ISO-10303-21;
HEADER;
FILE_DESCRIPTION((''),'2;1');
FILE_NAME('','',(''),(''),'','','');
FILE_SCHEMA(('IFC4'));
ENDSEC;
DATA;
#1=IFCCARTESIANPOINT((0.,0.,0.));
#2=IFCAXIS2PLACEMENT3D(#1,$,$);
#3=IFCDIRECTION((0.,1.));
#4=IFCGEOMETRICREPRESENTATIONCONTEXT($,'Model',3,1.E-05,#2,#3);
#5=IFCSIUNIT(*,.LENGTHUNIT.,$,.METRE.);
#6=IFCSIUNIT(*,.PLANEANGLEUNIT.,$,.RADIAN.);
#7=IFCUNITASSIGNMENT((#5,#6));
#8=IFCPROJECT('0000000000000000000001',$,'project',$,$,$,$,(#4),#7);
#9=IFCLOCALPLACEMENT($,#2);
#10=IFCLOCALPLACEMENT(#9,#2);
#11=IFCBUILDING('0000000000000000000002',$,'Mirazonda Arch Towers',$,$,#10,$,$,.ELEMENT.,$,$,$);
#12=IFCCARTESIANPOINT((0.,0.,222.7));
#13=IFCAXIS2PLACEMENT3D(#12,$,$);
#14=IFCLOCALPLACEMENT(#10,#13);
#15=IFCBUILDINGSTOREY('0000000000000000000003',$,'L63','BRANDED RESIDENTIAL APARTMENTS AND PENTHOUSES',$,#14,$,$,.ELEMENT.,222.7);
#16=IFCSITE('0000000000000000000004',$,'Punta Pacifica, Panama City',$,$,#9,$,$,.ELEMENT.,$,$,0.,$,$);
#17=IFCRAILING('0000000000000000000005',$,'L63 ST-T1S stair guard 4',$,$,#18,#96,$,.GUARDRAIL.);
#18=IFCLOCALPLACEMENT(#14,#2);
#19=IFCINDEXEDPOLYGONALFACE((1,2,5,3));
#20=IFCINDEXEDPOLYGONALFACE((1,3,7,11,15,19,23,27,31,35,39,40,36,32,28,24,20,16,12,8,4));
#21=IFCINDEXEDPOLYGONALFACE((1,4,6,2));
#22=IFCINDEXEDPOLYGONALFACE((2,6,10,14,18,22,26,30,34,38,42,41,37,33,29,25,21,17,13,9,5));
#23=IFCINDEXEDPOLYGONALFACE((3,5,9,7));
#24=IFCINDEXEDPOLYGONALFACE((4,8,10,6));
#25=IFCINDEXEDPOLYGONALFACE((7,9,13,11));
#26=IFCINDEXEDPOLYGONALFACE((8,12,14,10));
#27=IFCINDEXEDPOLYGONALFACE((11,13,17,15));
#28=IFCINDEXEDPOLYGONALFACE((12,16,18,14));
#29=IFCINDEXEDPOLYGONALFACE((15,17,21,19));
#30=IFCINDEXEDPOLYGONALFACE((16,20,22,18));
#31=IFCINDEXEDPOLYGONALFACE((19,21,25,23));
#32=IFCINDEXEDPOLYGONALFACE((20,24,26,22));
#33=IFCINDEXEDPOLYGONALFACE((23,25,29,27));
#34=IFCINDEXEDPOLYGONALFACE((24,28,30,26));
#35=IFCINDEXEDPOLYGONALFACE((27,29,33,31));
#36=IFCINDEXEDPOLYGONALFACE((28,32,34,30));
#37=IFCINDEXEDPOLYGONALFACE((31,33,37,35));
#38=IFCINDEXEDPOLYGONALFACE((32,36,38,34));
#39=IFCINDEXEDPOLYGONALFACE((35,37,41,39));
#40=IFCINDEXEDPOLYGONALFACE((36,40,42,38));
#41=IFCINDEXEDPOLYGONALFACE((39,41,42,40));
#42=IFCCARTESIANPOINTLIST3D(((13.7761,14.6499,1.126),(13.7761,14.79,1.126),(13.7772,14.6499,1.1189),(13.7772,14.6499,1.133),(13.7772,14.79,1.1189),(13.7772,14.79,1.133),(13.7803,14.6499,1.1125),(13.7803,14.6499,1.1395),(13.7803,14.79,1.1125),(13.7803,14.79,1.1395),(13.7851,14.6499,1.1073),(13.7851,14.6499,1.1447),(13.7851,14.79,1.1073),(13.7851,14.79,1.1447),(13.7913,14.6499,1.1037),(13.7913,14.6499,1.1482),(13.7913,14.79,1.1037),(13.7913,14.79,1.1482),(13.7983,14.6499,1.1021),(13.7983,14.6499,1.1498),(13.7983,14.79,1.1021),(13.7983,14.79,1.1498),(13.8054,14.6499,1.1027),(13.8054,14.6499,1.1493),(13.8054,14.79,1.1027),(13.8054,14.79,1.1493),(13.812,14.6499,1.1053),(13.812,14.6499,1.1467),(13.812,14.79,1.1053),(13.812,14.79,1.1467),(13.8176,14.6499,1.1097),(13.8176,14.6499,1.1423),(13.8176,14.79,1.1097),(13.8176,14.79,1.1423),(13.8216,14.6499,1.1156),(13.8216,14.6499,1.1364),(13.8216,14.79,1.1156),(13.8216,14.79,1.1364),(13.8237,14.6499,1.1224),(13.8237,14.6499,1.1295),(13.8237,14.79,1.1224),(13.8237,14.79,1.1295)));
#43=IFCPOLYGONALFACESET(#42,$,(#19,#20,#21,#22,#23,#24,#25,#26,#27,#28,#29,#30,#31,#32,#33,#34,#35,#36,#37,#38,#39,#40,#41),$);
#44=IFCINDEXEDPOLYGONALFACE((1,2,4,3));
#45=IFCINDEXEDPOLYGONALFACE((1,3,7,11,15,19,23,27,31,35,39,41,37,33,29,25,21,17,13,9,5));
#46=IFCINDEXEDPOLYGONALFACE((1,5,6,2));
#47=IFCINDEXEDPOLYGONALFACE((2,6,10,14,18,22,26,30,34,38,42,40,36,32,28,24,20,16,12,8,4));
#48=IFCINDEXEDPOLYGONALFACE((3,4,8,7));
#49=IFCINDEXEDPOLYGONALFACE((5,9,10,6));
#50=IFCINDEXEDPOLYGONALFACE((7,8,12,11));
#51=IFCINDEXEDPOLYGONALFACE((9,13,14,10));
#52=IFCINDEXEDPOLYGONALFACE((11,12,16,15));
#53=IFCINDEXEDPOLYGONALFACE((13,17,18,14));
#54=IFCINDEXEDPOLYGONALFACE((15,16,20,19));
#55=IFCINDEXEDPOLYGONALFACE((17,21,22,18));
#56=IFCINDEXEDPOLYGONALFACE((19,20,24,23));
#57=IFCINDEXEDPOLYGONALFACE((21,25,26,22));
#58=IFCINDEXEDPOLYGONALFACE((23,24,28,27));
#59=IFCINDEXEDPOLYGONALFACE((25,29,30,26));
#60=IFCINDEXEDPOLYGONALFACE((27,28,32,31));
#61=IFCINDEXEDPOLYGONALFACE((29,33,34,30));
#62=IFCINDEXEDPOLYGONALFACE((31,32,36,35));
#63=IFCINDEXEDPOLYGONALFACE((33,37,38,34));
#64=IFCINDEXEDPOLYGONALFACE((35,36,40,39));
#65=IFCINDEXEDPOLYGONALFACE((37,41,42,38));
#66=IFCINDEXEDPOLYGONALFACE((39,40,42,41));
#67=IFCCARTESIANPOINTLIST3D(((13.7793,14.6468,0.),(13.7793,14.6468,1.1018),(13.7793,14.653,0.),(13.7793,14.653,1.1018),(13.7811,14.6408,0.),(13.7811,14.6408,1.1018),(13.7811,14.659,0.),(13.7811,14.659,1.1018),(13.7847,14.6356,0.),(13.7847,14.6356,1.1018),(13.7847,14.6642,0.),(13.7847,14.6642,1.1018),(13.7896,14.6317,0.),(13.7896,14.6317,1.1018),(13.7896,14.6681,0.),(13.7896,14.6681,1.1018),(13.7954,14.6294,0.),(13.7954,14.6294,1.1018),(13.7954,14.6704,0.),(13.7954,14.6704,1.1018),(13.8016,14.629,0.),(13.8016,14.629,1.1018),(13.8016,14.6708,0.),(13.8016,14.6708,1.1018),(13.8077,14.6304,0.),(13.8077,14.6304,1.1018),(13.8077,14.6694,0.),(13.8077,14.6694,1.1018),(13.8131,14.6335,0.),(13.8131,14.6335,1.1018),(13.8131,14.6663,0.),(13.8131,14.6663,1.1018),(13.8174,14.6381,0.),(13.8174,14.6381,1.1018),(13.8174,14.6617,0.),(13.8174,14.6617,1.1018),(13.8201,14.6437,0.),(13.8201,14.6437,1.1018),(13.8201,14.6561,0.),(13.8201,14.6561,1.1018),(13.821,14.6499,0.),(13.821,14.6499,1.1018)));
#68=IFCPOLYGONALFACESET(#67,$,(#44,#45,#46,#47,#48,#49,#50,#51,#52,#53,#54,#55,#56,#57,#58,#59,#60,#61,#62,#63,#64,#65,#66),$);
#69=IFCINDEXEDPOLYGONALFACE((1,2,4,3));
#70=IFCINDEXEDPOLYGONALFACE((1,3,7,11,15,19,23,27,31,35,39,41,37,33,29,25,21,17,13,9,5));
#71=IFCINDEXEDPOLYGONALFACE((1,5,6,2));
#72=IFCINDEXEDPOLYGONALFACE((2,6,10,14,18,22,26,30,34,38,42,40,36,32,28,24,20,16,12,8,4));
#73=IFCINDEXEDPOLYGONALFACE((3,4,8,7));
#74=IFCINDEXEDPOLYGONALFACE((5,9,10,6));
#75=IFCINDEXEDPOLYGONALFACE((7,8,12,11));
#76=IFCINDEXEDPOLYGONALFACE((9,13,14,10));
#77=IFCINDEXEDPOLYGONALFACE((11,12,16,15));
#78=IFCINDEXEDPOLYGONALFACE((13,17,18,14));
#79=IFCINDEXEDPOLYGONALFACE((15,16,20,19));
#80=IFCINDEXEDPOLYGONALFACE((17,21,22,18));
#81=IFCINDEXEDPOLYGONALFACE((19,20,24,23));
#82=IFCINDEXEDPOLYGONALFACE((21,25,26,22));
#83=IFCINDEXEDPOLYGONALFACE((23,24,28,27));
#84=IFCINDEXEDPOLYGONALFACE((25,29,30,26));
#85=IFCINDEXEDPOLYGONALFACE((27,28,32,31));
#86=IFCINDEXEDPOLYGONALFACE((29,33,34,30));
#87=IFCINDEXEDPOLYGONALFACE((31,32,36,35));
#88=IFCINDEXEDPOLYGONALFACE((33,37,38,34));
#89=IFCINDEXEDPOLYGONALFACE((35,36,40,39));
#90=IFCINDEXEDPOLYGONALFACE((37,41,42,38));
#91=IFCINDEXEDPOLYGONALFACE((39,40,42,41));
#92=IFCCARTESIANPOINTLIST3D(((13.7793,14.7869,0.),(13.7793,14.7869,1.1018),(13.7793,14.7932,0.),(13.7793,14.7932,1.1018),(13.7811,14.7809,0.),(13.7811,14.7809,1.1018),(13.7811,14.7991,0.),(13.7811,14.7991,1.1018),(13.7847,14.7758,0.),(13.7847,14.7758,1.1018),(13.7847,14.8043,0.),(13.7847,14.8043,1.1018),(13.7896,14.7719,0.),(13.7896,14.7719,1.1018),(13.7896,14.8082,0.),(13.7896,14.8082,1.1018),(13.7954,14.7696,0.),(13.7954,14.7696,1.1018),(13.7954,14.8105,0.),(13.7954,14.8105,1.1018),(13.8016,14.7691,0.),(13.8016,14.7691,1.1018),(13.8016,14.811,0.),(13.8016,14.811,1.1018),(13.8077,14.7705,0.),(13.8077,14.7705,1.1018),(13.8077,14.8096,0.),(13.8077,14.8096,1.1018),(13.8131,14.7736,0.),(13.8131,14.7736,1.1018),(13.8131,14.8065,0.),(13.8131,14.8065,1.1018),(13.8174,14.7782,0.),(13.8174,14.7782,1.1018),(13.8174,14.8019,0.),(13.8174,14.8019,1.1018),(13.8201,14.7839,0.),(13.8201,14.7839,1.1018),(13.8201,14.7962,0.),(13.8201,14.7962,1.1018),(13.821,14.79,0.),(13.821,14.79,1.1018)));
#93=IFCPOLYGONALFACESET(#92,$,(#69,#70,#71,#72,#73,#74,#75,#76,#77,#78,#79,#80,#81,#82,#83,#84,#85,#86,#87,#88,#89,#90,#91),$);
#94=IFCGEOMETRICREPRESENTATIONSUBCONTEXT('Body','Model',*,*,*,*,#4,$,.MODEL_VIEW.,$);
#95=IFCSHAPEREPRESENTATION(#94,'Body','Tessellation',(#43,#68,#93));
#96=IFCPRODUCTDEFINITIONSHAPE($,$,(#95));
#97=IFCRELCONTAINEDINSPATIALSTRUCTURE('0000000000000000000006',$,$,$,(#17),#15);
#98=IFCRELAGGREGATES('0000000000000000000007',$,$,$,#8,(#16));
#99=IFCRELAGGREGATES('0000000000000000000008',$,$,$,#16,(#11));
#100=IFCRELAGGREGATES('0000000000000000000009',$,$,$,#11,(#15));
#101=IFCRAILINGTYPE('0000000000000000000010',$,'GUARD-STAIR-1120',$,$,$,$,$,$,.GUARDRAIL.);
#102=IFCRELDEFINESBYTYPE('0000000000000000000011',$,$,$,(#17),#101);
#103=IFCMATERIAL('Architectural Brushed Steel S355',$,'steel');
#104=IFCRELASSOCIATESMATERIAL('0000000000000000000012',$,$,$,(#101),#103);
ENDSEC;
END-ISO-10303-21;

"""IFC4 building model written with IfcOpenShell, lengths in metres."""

from ifc_helpers import new_model, si_unit, direction, frame, origin, origin_2d, place, context, subcontext, project, spatial, circle, extrude, material, type_object, element, save


model = new_model("IFC4")

# Units and contexts
model_context = context("Model", 3, precision=1e-05, world=origin(), true_north=direction((0.0, 1.0)))
body_context = subcontext(model_context, "Body", "Model", "MODEL_VIEW")
ifc_project = project(units=[si_unit("LENGTHUNIT", "METRE"), si_unit("PLANEANGLEUNIT", "RADIAN")], contexts=[model_context])

# Site, building, storey
site_placement = place(None, origin())
site = spatial("IfcSite", under=ifc_project, at=site_placement, Name="Punta Pacifica, Panama City", CompositionType="ELEMENT", RefElevation=0.0)
building_placement = place(site_placement, origin())
building = spatial("IfcBuilding", under=site, at=building_placement, Name="Mirazonda Arch Towers", CompositionType="ELEMENT")
storey_placement = place(building_placement, frame((0.0, 0.0, 222.7)))
storey = spatial("IfcBuildingStorey", under=building, at=storey_placement, Name="L63", Description="BRANDED RESIDENTIAL APARTMENTS AND PENTHOUSES", CompositionType="ELEMENT", Elevation=222.7)

# Shared definitions
ifc_material_1 = material(Name="Architectural Brushed Steel S355", Category="steel")

# Railing
railing_type_1 = type_object("IfcRailingType", Name="GUARD-STAIR-1120", PredefinedType="GUARDRAIL", material=ifc_material_1)
railing_1_placement = place(storey_placement, frame((13.8, 14.6499, 0.0)))
element("IfcRailing", 1, at=railing_1_placement, inside=storey, type_object=railing_type_1, Name="L63 ST-T1S stair guard 4", PredefinedType="GUARDRAIL", context=body_context, shape_type="SweptSolid", body=[
    extrude(circle(Radius=0.0239, at=origin_2d()), frame((0.0, 0.0, 1.126), z_axis=(0.0, 1.0, 0.0), x_axis=(-1.0, 0.0, 0.0)), (0.0, 0.0, 1.0), 0.1401),
    extrude(circle(Radius=0.021, at=origin_2d()), origin(), (0.0, 0.0, 1.0), 1.1018),
    extrude(circle(Radius=0.021, at=origin_2d()), frame((0.0, 0.1401, 0.0)), (0.0, 0.0, 1.0), 1.1018),
])

save(model, "model.ifc")
